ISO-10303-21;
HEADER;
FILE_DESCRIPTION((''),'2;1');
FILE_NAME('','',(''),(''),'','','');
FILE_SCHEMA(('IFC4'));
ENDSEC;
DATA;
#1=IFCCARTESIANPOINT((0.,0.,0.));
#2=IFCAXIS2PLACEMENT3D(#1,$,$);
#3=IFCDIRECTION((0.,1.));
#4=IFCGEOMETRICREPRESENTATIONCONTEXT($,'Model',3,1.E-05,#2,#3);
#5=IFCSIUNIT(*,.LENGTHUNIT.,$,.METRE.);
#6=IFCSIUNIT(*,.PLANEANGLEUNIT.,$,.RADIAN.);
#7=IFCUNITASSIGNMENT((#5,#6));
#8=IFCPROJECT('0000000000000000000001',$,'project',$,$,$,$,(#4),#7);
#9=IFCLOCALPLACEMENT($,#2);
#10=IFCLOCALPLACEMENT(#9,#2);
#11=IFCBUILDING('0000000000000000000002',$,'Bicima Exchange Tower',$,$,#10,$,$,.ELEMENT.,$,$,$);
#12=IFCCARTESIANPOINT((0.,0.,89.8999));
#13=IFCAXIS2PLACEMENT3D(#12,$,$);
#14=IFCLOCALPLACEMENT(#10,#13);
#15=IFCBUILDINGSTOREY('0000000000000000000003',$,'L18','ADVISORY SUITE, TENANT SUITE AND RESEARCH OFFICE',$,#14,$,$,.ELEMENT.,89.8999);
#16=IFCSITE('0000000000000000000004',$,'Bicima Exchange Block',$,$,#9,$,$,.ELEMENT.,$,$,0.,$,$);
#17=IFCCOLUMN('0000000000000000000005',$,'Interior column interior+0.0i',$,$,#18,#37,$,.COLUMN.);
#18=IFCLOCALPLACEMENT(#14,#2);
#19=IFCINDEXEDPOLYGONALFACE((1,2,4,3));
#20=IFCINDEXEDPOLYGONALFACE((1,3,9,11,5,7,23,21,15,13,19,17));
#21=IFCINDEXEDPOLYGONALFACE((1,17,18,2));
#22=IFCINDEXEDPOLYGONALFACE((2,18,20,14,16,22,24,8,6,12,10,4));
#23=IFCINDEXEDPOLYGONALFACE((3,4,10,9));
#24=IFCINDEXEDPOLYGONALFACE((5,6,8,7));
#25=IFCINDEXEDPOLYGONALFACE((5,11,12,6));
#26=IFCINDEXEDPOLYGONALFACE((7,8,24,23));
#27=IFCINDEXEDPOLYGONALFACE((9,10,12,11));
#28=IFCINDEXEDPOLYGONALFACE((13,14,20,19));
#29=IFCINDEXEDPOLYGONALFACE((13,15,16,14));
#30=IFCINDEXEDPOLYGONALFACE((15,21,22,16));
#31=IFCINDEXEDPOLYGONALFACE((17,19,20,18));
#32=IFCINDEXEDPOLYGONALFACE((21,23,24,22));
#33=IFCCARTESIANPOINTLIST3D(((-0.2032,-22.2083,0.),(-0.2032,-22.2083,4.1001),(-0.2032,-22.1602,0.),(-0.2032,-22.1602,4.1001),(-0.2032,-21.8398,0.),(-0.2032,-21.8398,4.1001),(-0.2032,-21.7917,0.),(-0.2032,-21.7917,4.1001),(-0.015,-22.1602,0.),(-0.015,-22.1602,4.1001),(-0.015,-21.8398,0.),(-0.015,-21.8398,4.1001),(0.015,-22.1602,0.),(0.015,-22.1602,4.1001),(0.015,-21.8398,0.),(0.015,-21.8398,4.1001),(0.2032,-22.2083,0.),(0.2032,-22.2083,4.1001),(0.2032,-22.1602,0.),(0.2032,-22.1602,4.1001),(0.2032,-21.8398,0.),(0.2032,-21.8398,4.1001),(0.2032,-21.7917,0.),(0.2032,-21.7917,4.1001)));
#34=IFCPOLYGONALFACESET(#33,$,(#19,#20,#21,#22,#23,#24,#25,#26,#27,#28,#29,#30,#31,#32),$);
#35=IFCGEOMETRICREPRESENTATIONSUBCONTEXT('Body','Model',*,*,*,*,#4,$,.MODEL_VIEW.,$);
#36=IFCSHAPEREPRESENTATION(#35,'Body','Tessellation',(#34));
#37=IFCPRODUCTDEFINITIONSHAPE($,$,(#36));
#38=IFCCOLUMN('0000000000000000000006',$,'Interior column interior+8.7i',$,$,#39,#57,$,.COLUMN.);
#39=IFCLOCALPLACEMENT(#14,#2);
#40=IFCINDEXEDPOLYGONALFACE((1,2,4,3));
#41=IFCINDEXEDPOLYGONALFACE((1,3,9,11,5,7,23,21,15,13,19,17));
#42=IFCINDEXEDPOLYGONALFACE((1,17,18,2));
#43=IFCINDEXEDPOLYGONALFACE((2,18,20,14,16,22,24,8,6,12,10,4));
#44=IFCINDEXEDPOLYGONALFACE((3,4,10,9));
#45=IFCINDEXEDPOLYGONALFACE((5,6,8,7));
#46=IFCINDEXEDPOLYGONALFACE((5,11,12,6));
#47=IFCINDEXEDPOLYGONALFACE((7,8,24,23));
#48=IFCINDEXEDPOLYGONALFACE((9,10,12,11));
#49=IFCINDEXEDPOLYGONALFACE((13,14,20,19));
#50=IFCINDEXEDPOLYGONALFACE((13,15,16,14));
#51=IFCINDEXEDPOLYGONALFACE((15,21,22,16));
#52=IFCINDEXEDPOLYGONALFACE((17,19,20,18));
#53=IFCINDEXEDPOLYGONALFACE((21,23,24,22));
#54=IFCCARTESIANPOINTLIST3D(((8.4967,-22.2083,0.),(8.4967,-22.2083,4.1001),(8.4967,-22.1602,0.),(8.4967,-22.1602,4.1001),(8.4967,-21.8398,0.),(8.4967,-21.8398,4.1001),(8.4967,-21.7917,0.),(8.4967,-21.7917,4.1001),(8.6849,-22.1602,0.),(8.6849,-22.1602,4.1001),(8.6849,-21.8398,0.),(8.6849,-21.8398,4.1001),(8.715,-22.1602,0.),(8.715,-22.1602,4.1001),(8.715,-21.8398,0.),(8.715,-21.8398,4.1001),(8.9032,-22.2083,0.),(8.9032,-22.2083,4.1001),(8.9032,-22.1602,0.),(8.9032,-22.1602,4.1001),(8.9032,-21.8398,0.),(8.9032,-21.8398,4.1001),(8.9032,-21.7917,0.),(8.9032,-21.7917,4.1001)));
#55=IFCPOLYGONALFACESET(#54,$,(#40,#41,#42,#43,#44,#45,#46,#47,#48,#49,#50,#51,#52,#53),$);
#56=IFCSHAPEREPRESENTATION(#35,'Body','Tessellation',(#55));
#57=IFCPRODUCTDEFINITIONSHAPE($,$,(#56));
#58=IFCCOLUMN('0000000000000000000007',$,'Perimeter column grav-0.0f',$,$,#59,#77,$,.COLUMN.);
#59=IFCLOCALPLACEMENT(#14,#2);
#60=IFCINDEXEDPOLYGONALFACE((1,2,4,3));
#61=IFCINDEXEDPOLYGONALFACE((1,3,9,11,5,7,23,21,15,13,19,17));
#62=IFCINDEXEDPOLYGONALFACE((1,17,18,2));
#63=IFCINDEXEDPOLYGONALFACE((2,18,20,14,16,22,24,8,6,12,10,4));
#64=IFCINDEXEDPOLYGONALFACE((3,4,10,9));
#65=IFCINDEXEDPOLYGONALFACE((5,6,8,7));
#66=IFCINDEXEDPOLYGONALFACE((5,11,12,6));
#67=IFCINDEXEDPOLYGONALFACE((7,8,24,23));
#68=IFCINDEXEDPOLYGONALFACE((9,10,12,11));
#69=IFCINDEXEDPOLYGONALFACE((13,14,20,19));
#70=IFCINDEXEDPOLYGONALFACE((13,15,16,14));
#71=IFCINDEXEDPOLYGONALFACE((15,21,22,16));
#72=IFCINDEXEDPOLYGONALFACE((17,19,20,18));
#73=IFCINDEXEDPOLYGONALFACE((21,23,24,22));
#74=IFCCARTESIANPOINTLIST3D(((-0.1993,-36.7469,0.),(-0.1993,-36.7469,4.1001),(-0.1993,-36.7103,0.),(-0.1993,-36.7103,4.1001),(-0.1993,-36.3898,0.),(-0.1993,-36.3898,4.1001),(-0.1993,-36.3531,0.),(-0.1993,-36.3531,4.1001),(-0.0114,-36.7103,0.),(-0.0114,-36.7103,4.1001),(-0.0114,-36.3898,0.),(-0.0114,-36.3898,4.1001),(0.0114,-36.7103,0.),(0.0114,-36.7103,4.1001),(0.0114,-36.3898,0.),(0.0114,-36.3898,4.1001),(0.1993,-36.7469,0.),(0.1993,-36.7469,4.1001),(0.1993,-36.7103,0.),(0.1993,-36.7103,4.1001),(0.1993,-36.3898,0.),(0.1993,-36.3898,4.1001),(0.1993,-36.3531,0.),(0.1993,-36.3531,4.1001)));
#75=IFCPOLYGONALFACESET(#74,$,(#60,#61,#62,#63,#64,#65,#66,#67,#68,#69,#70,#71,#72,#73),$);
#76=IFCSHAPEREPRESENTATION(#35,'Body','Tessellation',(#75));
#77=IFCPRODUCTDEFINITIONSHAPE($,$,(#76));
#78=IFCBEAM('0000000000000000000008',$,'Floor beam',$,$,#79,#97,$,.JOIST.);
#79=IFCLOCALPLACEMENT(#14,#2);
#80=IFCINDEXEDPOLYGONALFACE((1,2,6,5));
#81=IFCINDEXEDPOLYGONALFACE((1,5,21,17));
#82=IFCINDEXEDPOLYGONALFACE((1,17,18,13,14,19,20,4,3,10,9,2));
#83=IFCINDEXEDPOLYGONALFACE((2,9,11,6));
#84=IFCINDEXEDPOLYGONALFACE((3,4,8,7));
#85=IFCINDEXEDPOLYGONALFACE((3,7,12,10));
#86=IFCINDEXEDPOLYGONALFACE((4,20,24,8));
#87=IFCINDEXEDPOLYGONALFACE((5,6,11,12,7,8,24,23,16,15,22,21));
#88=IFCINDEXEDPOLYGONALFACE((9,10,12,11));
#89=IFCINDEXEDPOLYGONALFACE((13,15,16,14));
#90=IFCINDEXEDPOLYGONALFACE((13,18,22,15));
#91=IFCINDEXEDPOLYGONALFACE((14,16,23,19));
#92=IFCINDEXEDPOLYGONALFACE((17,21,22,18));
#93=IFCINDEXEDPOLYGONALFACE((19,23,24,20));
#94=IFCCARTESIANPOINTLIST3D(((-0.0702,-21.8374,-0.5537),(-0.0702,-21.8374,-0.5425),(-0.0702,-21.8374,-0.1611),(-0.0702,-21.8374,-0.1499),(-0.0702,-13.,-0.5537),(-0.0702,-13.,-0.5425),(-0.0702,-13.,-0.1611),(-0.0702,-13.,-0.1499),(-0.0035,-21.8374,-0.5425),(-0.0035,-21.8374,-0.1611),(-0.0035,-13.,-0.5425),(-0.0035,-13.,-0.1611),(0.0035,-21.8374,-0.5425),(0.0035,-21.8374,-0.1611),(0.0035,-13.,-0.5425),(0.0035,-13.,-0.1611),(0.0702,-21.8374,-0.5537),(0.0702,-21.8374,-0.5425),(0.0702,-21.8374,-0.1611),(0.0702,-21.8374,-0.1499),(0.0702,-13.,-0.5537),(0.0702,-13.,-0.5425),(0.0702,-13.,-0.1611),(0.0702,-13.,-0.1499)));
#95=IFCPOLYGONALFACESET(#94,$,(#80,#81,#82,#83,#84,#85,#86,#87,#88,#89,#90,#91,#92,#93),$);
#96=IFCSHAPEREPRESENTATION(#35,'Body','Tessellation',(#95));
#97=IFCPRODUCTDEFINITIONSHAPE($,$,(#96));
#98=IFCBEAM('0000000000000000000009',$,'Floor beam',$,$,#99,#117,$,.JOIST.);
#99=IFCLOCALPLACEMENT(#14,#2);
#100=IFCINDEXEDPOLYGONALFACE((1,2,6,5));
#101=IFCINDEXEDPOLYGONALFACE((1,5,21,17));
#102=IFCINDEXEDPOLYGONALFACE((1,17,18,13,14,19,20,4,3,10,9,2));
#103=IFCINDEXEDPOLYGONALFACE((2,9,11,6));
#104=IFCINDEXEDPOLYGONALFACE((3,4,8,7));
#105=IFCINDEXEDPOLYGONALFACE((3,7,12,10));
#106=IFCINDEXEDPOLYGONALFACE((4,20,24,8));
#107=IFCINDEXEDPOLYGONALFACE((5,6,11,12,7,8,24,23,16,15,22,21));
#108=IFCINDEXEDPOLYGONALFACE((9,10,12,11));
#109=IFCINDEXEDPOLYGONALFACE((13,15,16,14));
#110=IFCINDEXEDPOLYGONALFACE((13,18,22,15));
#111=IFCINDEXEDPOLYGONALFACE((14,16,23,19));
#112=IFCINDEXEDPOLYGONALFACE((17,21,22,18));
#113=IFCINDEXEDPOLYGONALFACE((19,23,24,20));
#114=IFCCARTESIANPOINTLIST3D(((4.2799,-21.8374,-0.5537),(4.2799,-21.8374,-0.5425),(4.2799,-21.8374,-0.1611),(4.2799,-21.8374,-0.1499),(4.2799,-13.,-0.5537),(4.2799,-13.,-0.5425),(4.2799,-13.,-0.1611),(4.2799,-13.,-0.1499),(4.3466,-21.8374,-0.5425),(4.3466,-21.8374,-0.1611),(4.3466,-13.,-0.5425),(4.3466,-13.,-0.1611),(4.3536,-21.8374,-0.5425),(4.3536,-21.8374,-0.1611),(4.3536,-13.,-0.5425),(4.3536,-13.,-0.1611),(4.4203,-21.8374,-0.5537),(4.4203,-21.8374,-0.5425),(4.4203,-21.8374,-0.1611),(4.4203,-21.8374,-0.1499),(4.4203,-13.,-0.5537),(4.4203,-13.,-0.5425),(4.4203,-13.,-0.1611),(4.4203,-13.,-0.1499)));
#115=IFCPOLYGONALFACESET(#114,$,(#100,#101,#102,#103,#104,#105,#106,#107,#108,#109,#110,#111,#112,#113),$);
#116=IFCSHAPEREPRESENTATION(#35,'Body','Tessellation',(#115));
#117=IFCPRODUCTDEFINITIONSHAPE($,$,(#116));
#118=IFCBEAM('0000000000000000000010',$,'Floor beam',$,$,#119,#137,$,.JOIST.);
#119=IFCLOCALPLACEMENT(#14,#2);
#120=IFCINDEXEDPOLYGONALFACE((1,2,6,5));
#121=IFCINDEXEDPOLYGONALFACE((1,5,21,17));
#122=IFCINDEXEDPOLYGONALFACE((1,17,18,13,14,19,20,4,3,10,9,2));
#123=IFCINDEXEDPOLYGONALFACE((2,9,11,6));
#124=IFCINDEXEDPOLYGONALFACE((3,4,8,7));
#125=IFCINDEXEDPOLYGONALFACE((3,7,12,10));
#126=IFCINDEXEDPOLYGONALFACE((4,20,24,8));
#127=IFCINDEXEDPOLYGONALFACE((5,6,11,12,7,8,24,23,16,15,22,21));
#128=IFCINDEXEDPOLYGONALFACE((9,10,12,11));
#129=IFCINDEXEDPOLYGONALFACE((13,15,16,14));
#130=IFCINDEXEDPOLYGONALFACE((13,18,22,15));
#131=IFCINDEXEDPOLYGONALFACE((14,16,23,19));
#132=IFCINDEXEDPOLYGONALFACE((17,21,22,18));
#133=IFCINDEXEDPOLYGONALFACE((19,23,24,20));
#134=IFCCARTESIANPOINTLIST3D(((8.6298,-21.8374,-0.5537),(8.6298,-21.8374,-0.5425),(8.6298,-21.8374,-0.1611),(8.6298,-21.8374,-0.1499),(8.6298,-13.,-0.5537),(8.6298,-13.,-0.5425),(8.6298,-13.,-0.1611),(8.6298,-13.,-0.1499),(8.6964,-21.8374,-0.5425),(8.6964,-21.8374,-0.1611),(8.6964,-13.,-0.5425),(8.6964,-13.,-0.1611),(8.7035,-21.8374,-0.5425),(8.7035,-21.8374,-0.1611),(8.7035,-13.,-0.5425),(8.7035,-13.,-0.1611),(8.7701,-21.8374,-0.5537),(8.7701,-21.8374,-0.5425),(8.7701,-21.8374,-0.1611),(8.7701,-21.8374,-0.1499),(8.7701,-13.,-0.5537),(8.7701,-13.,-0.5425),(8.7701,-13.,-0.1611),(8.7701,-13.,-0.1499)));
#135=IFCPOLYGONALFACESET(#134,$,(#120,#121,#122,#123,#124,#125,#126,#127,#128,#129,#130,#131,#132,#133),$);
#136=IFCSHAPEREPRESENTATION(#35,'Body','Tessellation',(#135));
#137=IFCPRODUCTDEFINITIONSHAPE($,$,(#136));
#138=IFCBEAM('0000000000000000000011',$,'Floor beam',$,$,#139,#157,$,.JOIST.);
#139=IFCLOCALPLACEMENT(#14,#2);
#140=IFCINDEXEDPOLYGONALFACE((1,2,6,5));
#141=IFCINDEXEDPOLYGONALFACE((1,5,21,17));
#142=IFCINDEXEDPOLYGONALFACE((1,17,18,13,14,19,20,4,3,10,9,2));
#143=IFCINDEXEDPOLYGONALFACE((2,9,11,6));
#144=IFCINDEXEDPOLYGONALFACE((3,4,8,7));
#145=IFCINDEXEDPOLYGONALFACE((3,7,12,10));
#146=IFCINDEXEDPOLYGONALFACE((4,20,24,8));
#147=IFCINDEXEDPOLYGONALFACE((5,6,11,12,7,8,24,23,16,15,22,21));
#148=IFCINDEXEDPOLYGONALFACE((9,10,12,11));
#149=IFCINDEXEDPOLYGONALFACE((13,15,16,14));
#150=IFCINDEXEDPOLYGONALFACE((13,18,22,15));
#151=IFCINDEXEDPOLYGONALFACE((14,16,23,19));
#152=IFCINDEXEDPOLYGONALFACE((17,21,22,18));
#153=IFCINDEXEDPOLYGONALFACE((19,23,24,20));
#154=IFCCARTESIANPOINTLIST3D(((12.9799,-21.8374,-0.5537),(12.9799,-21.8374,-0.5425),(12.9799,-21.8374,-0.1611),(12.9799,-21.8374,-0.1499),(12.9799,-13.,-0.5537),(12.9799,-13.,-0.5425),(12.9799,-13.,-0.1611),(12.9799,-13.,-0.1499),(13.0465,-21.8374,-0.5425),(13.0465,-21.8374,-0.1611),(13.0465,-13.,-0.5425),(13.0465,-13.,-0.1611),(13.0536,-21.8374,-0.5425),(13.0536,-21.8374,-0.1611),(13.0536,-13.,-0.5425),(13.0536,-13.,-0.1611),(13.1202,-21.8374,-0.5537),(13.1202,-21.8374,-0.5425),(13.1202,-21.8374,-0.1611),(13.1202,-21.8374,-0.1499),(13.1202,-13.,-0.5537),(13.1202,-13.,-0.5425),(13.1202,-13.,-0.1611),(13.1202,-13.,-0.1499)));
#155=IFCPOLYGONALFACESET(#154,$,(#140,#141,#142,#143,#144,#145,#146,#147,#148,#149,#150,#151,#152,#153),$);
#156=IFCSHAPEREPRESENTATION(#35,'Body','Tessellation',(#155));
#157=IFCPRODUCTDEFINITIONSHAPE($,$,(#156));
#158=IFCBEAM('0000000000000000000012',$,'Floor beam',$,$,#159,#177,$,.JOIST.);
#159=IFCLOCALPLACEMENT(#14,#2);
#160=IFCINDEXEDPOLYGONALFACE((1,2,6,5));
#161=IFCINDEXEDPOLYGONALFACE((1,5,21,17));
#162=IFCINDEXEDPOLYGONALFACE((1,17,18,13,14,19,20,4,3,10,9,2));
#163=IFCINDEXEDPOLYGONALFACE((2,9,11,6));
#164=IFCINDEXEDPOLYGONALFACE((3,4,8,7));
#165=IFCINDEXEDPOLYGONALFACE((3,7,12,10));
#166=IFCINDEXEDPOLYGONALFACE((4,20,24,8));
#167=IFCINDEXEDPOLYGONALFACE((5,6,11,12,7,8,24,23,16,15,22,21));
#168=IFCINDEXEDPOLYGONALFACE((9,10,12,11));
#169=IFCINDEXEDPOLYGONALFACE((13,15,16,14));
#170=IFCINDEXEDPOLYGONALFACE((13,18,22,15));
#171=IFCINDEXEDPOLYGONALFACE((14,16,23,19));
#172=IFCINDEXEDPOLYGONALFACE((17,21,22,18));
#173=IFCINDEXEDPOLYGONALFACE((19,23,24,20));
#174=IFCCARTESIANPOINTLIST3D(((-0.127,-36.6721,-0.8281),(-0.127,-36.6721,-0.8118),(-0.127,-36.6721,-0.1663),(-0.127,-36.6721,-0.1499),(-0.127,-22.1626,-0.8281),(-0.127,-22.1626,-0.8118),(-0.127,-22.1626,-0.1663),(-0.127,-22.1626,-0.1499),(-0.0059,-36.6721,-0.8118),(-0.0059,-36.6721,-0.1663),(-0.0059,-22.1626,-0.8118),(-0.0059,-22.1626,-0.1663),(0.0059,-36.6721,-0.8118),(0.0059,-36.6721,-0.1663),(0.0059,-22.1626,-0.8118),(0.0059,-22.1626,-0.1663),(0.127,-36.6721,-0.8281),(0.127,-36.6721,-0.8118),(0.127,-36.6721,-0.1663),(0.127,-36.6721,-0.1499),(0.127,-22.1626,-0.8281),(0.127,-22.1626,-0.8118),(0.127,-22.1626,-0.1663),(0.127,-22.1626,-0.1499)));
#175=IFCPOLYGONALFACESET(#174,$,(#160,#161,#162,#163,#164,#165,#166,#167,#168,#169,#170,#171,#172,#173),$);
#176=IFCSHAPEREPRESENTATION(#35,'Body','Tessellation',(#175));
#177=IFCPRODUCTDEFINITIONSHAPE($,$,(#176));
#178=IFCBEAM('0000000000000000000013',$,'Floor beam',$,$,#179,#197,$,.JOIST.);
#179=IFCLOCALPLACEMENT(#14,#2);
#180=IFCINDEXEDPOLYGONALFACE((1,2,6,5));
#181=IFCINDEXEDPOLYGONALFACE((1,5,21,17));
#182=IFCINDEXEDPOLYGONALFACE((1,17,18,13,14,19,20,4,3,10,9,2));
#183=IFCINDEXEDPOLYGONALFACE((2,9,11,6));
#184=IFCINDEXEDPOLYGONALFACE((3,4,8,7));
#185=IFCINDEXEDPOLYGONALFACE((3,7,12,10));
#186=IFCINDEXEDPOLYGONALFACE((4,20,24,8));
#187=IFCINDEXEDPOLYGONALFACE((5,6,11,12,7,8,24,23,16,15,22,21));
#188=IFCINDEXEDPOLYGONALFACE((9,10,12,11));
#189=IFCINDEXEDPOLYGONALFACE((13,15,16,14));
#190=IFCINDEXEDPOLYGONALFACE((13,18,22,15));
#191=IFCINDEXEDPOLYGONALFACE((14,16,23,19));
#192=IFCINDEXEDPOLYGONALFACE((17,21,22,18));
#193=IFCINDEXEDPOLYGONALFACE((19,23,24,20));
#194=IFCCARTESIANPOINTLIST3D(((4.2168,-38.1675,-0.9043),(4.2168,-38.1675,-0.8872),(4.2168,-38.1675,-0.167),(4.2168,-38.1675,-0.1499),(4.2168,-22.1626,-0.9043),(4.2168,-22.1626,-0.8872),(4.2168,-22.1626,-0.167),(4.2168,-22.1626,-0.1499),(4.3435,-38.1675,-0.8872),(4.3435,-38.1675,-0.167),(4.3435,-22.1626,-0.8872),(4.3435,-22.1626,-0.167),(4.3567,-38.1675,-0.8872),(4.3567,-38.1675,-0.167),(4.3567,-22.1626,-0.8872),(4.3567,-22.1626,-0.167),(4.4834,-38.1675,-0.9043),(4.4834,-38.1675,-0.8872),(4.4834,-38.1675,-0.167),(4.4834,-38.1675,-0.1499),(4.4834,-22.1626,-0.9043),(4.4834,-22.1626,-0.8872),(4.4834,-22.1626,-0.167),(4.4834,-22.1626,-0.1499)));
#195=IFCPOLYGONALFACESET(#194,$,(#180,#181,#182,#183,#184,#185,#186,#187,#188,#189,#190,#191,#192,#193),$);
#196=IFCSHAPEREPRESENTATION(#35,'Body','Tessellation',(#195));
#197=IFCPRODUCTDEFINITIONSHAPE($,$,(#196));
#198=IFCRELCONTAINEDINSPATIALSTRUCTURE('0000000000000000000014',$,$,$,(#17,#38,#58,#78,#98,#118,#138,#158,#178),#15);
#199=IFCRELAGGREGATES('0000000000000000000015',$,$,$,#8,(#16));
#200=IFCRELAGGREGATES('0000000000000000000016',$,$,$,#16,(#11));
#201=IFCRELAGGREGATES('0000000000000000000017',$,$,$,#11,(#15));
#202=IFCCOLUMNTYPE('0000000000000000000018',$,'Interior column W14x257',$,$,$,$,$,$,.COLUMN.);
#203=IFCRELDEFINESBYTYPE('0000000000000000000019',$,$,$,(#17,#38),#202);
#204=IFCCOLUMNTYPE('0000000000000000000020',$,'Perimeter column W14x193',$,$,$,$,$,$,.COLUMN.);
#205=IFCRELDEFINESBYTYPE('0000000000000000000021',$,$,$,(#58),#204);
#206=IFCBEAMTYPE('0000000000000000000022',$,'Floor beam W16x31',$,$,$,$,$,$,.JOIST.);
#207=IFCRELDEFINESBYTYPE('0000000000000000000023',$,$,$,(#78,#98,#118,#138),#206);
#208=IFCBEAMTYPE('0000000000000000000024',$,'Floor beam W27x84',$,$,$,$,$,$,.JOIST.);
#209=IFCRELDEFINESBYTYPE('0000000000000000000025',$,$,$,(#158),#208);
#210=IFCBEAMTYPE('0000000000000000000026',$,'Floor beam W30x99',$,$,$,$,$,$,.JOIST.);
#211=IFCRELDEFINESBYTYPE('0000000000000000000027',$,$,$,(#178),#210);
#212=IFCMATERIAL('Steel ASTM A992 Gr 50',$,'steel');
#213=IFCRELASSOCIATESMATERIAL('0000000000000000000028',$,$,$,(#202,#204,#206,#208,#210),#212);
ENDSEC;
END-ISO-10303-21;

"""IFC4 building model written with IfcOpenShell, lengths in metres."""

from ifc_helpers import new_model, si_unit, direction, frame, origin, origin_2d, place, context, subcontext, project, spatial, i_section, extrude, material, material_profile, profile_set, type_object, element, save


model = new_model("IFC4")

# Units and contexts
model_context = context("Model", 3, precision=1e-05, world=origin(), true_north=direction((0.0, 1.0)))
body_context = subcontext(model_context, "Body", "Model", "MODEL_VIEW")
ifc_project = project(units=[si_unit("LENGTHUNIT", "METRE"), si_unit("PLANEANGLEUNIT", "RADIAN")], contexts=[model_context])

# Site, building, storey
site_placement = place(None, origin())
site = spatial("IfcSite", under=ifc_project, at=site_placement, Name="Bicima Exchange Block", CompositionType="ELEMENT", RefElevation=0.0)
building_placement = place(site_placement, origin())
building = spatial("IfcBuilding", under=site, at=building_placement, Name="Bicima Exchange Tower", CompositionType="ELEMENT")
storey_placement = place(building_placement, frame((0.0, 0.0, 89.8999)))
storey = spatial("IfcBuildingStorey", under=building, at=storey_placement, Name="L18", Description="ADVISORY SUITE, TENANT SUITE AND RESEARCH OFFICE", CompositionType="ELEMENT", Elevation=89.8999)

# Columns
ifc_material_1 = material(Name="Steel ASTM A992 Gr 50", Category="steel")
ifc_material_profile_1 = material_profile(ifc_material_1, i_section(OverallWidth=0.4065, OverallDepth=0.4165, WebThickness=0.03, FlangeThickness=0.0481, at=origin_2d()))
ifc_profile_set_1 = profile_set([ifc_material_profile_1], Name="Steel ASTM A992 Gr 50")
column_type_1 = type_object("IfcColumnType", Name="Interior column W14x257", PredefinedType="COLUMN", material=ifc_profile_set_1)
for number, where, z_axis, x_axis, name in (
    (1, (0.0, -22.0, 0.0), (0.0, 0.0, 1.0), (1.0, 0.0, 0.0), "Interior column interior+0.0i"),
    (2, (8.7, -22.0, 0.0), (0.0, 0.0, 1.0), (1.0, 0.0, 0.0), "Interior column interior+8.7i"),
):
    element("IfcColumn", number, at=place(storey_placement, frame(where, z_axis=z_axis, x_axis=x_axis)), inside=storey, type_object=column_type_1, Name=name, PredefinedType="COLUMN", context=body_context, shape_type="SweptSolid", body=[
        extrude(i_section(OverallWidth=0.4065, OverallDepth=0.4165, WebThickness=0.03, FlangeThickness=0.0481, at=origin_2d()), origin(), (0.0, 0.0, 1.0), 4.1001),
    ])
ifc_material_profile_2 = material_profile(ifc_material_1, i_section(OverallWidth=0.3987, OverallDepth=0.3938, WebThickness=0.0227, FlangeThickness=0.0366, at=origin_2d()))
ifc_profile_set_2 = profile_set([ifc_material_profile_2], Name="Steel ASTM A992 Gr 50")
column_type_2 = type_object("IfcColumnType", Name="Perimeter column W14x193", PredefinedType="COLUMN", material=ifc_profile_set_2)
column_placement = place(storey_placement, frame((0.0, -36.55, 0.0), z_axis=(0.0, 0.0, 1.0), x_axis=(1.0, 0.0, 0.0)))
element("IfcColumn", 3, at=column_placement, inside=storey, type_object=column_type_2, Name="Perimeter column grav-0.0f", PredefinedType="COLUMN", context=body_context, shape_type="SweptSolid", body=[
    extrude(i_section(OverallWidth=0.3987, OverallDepth=0.3938, WebThickness=0.0227, FlangeThickness=0.0366, at=origin_2d()), origin(), (0.0, 0.0, 1.0), 4.1001),
])

# Beams
ifc_material_profile_3 = material_profile(ifc_material_1, i_section(OverallWidth=0.1404, OverallDepth=0.4038, WebThickness=0.0071, FlangeThickness=0.0112, at=origin_2d()))
ifc_profile_set_3 = profile_set([ifc_material_profile_3], Name="Steel ASTM A992 Gr 50")
beam_type_1 = type_object("IfcBeamType", Name="Floor beam W16x31", PredefinedType="JOIST", material=ifc_profile_set_3)
for number, where, z_axis, x_axis, name in (
    (4, (0.0, -13.0, -0.3518), (0.0, -1.0, 0.0), (1.0, 0.0, 0.0), "Floor beam"),
    (5, (4.3501, -13.0, -0.3518), (0.0, -1.0, 0.0), (1.0, 0.0, 0.0), "Floor beam"),
    (6, (8.7, -13.0, -0.3518), (0.0, -1.0, 0.0), (1.0, 0.0, 0.0), "Floor beam"),
    (7, (13.05, -13.0, -0.3518), (0.0, -1.0, 0.0), (1.0, 0.0, 0.0), "Floor beam"),
):
    element("IfcBeam", number, at=place(storey_placement, frame(where, z_axis=z_axis, x_axis=x_axis)), inside=storey, type_object=beam_type_1, Name=name, PredefinedType="JOIST", context=body_context, shape_type="SweptSolid", body=[
        extrude(i_section(OverallWidth=0.1404, OverallDepth=0.4038, WebThickness=0.0071, FlangeThickness=0.0112, at=origin_2d()), origin(), (0.0, 0.0, 1.0), 8.8374),
    ])
ifc_material_profile_4 = material_profile(ifc_material_1, i_section(OverallWidth=0.2539, OverallDepth=0.6782, WebThickness=0.0117, FlangeThickness=0.0164, at=origin_2d()))
ifc_profile_set_4 = profile_set([ifc_material_profile_4], Name="Steel ASTM A992 Gr 50")
beam_type_2 = type_object("IfcBeamType", Name="Floor beam W27x84", PredefinedType="JOIST", material=ifc_profile_set_4)
beam_1_placement = place(storey_placement, frame((0.0, -22.1626, -0.489), z_axis=(0.0, -1.0, 0.0), x_axis=(1.0, 0.0, 0.0)))
element("IfcBeam", 8, at=beam_1_placement, inside=storey, type_object=beam_type_2, Name="Floor beam", PredefinedType="JOIST", context=body_context, shape_type="SweptSolid", body=[
    extrude(i_section(OverallWidth=0.2539, OverallDepth=0.6782, WebThickness=0.0117, FlangeThickness=0.0164, at=origin_2d()), origin(), (0.0, 0.0, 1.0), 14.5095),
])
ifc_material_profile_5 = material_profile(ifc_material_1, i_section(OverallWidth=0.2666, OverallDepth=0.7544, WebThickness=0.0132, FlangeThickness=0.0171, at=origin_2d()))
ifc_profile_set_5 = profile_set([ifc_material_profile_5], Name="Steel ASTM A992 Gr 50")
beam_type_3 = type_object("IfcBeamType", Name="Floor beam W30x99", PredefinedType="JOIST", material=ifc_profile_set_5)
for number, where, z_axis, x_axis, name in (
    (9, (4.3501, -22.1626, -0.5271), (0.0, -1.0, 0.0), (1.0, 0.0, 0.0), "Floor beam"),
):
    element("IfcBeam", number, at=place(storey_placement, frame(where, z_axis=z_axis, x_axis=x_axis)), inside=storey, type_object=beam_type_3, Name=name, PredefinedType="JOIST", context=body_context, shape_type="SweptSolid", body=[
        extrude(i_section(OverallWidth=0.2666, OverallDepth=0.7544, WebThickness=0.0132, FlangeThickness=0.0171, at=origin_2d()), origin(), (0.0, 0.0, 1.0), 16.0049),
    ])

save(model, "model.ifc")
